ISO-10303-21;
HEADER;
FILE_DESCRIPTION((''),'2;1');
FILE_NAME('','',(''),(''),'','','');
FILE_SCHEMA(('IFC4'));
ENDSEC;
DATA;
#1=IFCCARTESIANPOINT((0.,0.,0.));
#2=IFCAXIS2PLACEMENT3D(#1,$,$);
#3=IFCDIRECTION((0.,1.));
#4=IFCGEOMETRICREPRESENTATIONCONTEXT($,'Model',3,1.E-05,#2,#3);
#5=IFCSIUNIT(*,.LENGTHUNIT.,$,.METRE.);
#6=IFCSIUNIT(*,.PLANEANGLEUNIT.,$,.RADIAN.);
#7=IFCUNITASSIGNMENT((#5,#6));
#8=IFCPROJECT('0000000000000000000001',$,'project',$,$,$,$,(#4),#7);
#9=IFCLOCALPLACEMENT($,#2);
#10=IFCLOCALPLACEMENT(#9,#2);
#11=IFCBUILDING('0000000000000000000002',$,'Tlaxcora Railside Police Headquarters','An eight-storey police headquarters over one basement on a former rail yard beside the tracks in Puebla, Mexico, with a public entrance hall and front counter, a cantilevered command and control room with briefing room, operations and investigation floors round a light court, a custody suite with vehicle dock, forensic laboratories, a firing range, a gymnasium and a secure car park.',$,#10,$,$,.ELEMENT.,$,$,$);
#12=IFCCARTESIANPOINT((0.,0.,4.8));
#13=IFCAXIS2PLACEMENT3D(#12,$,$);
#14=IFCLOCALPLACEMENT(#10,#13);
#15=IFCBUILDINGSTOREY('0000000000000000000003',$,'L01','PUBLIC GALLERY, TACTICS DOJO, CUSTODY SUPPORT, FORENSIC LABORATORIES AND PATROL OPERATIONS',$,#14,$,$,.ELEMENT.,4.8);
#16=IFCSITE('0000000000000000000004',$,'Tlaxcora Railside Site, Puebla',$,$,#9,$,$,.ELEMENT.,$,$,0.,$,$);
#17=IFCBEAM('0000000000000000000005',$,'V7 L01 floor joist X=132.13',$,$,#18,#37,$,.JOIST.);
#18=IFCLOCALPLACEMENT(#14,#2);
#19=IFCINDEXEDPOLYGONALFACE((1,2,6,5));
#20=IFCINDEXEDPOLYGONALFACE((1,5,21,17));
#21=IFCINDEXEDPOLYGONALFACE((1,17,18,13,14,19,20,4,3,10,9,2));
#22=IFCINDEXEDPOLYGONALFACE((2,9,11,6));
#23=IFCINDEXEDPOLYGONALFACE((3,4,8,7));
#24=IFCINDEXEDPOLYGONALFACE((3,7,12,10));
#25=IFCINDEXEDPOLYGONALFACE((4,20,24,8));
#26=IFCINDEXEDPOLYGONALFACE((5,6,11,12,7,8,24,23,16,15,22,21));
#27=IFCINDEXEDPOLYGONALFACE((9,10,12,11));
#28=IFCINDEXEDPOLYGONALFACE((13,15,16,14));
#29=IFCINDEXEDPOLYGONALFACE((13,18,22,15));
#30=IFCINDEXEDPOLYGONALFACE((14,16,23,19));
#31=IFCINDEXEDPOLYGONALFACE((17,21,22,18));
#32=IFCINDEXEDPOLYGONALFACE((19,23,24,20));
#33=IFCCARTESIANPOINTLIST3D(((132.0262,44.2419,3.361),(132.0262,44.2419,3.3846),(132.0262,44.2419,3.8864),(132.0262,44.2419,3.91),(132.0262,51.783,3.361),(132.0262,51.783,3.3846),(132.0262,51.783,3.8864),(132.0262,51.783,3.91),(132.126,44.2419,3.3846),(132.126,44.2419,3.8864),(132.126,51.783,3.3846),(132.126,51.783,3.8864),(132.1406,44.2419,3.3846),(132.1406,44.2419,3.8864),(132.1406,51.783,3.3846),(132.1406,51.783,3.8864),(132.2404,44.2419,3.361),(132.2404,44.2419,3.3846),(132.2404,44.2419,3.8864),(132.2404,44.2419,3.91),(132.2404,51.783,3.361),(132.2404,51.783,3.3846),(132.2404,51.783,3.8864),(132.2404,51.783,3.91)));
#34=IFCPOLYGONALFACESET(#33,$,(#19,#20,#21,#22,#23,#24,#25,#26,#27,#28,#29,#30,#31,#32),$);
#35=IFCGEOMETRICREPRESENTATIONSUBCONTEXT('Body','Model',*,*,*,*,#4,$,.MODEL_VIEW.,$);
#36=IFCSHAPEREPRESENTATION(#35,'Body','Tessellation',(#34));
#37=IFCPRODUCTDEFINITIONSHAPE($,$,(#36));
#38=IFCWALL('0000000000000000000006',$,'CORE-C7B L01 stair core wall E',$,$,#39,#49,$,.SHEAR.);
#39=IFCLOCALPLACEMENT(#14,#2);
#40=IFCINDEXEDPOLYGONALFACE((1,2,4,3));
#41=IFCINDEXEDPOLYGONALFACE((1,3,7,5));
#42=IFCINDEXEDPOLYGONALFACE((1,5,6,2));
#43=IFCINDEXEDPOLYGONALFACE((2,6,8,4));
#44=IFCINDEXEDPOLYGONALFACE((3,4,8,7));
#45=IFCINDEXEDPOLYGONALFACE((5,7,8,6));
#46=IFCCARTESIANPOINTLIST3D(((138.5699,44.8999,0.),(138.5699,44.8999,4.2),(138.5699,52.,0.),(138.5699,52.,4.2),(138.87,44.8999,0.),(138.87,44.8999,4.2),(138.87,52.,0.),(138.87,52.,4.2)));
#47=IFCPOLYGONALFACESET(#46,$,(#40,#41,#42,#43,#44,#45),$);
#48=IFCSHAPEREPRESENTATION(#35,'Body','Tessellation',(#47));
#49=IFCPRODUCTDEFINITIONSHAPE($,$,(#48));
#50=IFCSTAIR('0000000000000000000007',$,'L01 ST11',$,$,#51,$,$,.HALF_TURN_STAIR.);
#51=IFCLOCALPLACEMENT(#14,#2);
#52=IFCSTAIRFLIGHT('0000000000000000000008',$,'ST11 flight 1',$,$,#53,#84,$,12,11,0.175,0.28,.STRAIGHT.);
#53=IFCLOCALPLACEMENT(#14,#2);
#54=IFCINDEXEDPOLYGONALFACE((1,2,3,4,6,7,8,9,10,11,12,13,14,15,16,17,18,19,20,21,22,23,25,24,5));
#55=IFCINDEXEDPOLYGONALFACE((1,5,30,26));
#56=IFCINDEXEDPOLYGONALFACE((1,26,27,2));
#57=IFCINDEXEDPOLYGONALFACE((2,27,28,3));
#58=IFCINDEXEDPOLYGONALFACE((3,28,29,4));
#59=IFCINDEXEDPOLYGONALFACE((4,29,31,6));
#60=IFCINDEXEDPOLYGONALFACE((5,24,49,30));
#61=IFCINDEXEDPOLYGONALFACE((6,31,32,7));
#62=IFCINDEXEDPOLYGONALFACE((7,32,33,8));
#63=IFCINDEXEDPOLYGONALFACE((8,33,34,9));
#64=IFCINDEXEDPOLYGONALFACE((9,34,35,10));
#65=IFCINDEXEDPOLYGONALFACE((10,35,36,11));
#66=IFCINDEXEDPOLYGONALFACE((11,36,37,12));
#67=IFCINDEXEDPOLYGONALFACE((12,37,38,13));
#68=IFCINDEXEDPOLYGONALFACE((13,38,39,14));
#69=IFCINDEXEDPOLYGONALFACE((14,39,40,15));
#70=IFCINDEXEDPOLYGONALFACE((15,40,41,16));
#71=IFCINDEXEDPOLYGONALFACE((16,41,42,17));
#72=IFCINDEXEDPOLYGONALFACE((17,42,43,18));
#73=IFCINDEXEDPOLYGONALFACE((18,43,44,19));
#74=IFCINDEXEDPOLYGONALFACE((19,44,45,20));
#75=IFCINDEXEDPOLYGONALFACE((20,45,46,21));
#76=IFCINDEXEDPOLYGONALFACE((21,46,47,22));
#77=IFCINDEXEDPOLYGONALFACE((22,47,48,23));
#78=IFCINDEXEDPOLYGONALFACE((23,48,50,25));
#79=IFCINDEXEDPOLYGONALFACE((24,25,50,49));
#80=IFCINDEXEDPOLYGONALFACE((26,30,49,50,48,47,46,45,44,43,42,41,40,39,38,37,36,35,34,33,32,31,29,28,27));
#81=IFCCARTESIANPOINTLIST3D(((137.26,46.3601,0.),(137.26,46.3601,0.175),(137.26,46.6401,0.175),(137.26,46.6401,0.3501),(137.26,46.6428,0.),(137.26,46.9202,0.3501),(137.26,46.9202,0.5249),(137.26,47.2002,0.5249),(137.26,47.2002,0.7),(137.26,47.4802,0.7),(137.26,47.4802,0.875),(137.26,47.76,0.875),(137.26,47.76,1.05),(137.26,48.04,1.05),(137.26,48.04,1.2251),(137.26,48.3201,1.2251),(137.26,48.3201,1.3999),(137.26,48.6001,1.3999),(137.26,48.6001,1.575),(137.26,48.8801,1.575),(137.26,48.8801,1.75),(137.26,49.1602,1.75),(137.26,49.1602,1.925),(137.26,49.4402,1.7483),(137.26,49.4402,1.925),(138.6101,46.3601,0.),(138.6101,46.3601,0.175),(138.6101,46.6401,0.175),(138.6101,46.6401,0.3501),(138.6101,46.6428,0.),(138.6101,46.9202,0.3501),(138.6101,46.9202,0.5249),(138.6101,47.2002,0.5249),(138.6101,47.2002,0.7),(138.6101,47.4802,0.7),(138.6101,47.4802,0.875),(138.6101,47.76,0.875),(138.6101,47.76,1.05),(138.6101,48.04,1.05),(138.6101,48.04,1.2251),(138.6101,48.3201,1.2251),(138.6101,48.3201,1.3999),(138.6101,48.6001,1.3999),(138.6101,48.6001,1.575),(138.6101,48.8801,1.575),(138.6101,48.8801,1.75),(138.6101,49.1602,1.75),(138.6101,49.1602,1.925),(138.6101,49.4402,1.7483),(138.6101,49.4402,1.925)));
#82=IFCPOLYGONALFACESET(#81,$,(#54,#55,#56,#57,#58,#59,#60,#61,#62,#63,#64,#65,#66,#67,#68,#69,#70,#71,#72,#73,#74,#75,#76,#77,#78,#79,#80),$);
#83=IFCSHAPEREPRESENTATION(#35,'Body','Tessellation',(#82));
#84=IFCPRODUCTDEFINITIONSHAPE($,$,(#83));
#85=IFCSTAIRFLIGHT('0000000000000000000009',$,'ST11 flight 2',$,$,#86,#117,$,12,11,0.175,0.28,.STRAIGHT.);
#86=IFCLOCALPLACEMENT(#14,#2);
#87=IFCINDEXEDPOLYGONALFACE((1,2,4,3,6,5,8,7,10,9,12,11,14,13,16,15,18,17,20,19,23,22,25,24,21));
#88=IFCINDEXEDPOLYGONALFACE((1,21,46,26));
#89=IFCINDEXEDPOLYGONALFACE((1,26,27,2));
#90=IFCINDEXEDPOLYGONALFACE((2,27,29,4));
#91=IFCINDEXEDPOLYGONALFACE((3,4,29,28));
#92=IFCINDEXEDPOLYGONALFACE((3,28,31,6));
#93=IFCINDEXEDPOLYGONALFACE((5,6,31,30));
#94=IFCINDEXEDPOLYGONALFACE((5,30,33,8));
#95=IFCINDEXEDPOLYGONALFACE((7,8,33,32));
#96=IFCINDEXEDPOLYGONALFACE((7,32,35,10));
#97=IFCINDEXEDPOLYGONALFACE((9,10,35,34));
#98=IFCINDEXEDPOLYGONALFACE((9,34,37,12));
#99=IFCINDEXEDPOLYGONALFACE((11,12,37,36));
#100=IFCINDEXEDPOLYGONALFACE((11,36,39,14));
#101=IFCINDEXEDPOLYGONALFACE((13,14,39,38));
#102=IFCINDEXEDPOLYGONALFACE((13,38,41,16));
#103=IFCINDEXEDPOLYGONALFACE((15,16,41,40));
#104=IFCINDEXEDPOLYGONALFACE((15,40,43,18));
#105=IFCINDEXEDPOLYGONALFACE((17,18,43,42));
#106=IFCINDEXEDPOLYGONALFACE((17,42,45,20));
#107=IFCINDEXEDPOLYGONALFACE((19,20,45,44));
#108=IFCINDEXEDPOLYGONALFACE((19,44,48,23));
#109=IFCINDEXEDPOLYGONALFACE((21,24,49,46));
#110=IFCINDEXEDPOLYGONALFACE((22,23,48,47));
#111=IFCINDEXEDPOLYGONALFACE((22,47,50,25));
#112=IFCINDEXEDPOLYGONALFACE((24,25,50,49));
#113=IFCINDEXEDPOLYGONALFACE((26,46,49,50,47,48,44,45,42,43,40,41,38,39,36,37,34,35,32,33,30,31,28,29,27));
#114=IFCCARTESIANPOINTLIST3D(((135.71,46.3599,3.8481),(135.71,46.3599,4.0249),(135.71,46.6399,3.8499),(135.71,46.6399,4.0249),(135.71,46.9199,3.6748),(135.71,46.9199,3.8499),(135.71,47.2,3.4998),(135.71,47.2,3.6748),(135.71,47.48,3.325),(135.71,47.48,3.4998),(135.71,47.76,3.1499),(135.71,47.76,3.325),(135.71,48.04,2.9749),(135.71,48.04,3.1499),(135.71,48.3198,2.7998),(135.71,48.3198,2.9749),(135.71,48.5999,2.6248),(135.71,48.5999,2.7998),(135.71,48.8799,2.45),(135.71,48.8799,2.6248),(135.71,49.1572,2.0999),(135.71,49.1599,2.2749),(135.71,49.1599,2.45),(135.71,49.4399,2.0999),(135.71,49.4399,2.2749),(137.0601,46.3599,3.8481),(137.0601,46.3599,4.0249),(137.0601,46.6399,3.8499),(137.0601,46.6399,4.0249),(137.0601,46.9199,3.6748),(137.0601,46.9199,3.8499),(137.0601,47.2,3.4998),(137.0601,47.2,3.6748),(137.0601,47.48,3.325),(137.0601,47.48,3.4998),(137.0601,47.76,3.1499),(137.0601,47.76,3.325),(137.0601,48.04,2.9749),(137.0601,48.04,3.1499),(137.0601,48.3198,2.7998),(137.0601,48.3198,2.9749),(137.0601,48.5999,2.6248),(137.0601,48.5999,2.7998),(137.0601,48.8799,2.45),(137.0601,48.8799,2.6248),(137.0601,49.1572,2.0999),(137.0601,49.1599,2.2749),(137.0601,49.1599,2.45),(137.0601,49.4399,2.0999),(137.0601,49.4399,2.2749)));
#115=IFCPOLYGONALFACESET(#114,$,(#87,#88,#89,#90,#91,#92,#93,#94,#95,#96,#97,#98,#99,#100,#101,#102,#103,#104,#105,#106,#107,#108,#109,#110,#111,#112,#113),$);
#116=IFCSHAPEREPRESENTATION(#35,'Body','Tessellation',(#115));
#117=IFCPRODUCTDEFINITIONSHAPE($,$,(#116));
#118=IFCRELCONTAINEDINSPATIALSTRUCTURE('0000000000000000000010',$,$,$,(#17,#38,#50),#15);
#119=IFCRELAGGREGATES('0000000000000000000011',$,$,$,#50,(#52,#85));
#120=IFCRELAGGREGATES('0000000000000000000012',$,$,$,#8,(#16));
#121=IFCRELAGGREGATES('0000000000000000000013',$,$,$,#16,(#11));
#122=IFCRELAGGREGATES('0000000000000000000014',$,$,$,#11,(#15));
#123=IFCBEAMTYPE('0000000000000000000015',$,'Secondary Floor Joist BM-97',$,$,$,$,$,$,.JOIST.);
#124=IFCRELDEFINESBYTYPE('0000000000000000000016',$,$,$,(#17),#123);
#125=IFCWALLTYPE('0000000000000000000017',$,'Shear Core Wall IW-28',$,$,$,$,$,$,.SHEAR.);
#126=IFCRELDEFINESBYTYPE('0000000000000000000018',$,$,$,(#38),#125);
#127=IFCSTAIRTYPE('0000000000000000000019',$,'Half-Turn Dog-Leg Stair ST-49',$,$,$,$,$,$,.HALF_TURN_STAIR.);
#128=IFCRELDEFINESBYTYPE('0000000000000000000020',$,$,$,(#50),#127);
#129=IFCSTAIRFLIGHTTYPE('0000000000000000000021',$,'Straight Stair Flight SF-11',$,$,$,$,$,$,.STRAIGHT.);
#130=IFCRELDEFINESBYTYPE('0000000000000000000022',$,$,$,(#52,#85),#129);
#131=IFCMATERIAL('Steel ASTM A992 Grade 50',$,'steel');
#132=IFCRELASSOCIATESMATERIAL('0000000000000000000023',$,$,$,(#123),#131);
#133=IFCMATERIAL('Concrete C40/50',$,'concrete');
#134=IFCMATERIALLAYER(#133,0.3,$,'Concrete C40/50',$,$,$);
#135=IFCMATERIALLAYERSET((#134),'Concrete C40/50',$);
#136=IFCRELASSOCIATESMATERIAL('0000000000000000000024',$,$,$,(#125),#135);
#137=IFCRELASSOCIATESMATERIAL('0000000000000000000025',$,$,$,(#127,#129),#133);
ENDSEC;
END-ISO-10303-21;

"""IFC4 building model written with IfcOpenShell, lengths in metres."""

from ifc_helpers import new_model, si_unit, direction, frame, frame_2d, origin, origin_2d, place, context, subcontext, project, spatial, polyline, rectangle, i_section, outline, extrude, material, layer, layer_set, material_profile, profile_set, type_object, element, aggregate, save


model = new_model("IFC4")

# Units and contexts
model_context = context("Model", 3, precision=1e-05, world=origin(), true_north=direction((0.0, 1.0)))
body_context = subcontext(model_context, "Body", "Model", "MODEL_VIEW")
ifc_project = project(units=[si_unit("LENGTHUNIT", "METRE"), si_unit("PLANEANGLEUNIT", "RADIAN")], contexts=[model_context])

# Site, building, storey
site_placement = place(None, origin())
site = spatial("IfcSite", under=ifc_project, at=site_placement, Name="Tlaxcora Railside Site, Puebla", CompositionType="ELEMENT", RefElevation=0.0)
building_placement = place(site_placement, origin())
building = spatial("IfcBuilding", under=site, at=building_placement, Name="Tlaxcora Railside Police Headquarters", Description="An eight-storey police headquarters over one basement on a former rail yard beside the tracks in Puebla, Mexico, with a public entrance hall and front counter, a cantilevered command and control room with briefing room, operations and investigation floors round a light court, a custody suite with vehicle dock, forensic laboratories, a firing range, a gymnasium and a secure car park.", CompositionType="ELEMENT")
storey_placement = place(building_placement, frame((0.0, 0.0, 4.8)))
storey = spatial("IfcBuildingStorey", under=building, at=storey_placement, Name="L01", Description="PUBLIC GALLERY, TACTICS DOJO, CUSTODY SUPPORT, FORENSIC LABORATORIES AND PATROL OPERATIONS", CompositionType="ELEMENT", Elevation=4.8)

# Shared definitions
ifc_material_1 = material(Name="Concrete C40/50", Category="concrete")

# Beam
ifc_material_2 = material(Name="Steel ASTM A992 Grade 50", Category="steel")
ifc_material_profile_1 = material_profile(ifc_material_2, i_section(OverallWidth=0.2141, OverallDepth=0.5491, WebThickness=0.0146, FlangeThickness=0.0237, at=origin_2d()), Name="W21X93")
ifc_profile_set_1 = profile_set([ifc_material_profile_1], Name="Steel ASTM A992 Grade 50")
beam_type_1 = type_object("IfcBeamType", Name="Secondary Floor Joist BM-97", PredefinedType="JOIST", material=ifc_profile_set_1)
beam_1_placement = place(storey_placement, frame((132.1333, 44.2419, 3.6355), z_axis=(0.0, 1.0, 0.0), x_axis=(-1.0, 0.0, 0.0)))
element("IfcBeam", 1, at=beam_1_placement, inside=storey, type_object=beam_type_1, Name="V7 L01 floor joist X=132.13", PredefinedType="JOIST", context=body_context, shape_type="SweptSolid", body=[
    extrude(i_section(OverallWidth=0.2141, OverallDepth=0.5491, WebThickness=0.0146, FlangeThickness=0.0237, at=origin_2d()), origin(), (0.0, 0.0, 1.0), 7.541),
])

# Shared definitions
ifc_layer = layer(ifc_material_1, 0.3, Name="Concrete C40/50")
ifc_layer_set = layer_set([ifc_layer], Name="Concrete C40/50")
wall_type = type_object("IfcWallType", Name="Shear Core Wall IW-28", PredefinedType="SHEAR", material=ifc_layer_set)

# Wall
wall_1_placement = place(storey_placement, frame((138.72, 44.8999, 0.0), z_axis=(0.0, 0.0, 1.0), x_axis=(0.0, 1.0, 0.0)))
element("IfcWall", 2, at=wall_1_placement, inside=storey, type_object=wall_type, Name="CORE-C7B L01 stair core wall E", PredefinedType="SHEAR", context=body_context, shape_type="SweptSolid", body=[
    extrude(rectangle(XDim=7.1001, YDim=0.3, at=frame_2d((3.55, 0.0))), origin(), (0.0, 0.0, 1.0), 4.2),
])

# Stair, stair flights
stair_type = type_object("IfcStairType", Name="Half-Turn Dog-Leg Stair ST-49", PredefinedType="HALF_TURN_STAIR", material=ifc_material_1)
stair_placement = place(storey_placement, origin())
stair = element("IfcStair", 3, at=stair_placement, inside=storey, type_object=stair_type, Name="L01 ST11", PredefinedType="HALF_TURN_STAIR")
stair_flight_type = type_object("IfcStairFlightType", Name="Straight Stair Flight SF-11", PredefinedType="STRAIGHT", material=ifc_material_1)
stair_flight_1_placement = place(storey_placement, frame((137.9351, 46.3601, 0.0), z_axis=(0.0, 0.0, 1.0), x_axis=(0.0, 1.0, 0.0)))
stair_flight_1 = element("IfcStairFlight", 4, at=stair_flight_1_placement, type_object=stair_flight_type, Name="ST11 flight 1", NumberOfRisers=12, NumberOfTreads=11, PredefinedType="STRAIGHT", RiserHeight=0.175, TreadLength=0.28, context=body_context, shape_type="SweptSolid", body=[
    extrude(outline(polyline([(0.0, 0.0), (0.0, 0.175), (0.28, 0.175), (0.28, 0.3501), (0.5601, 0.3501), (0.5601, 0.5249), (0.8401, 0.5249), (0.8401, 0.7), (1.1201, 0.7), (1.1201, 0.875), (1.3999, 0.875), (1.3999, 1.05), (1.6799, 1.05), (1.6799, 1.2251), (1.96, 1.2251), (1.96, 1.3999), (2.24, 1.3999), (2.24, 1.575), (2.52, 1.575), (2.52, 1.75), (2.8, 1.75), (2.8, 1.925), (3.0801, 1.925), (3.0801, 2.1001), (3.0801, 1.7483), (0.2827, 0.0), (0.0, 0.0)])), frame((0.0, 0.675, 0.0), z_axis=(0.0, -1.0, 0.0), x_axis=(1.0, 0.0, 0.0)), (0.0, 0.0, 1.0), 1.3501),
])
stair_flight_2_placement = place(storey_placement, frame((136.385, 49.4399, 2.0999), z_axis=(0.0, 0.0, 1.0), x_axis=(0.0, -1.0, 0.0)))
stair_flight_2 = element("IfcStairFlight", 5, at=stair_flight_2_placement, type_object=stair_flight_type, Name="ST11 flight 2", NumberOfRisers=12, NumberOfTreads=11, PredefinedType="STRAIGHT", RiserHeight=0.175, TreadLength=0.28, context=body_context, shape_type="SweptSolid", body=[
    extrude(outline(polyline([(0.0, 0.0), (0.0, 0.175), (0.28, 0.175), (0.28, 0.3501), (0.5601, 0.3501), (0.5601, 0.5249), (0.8401, 0.5249), (0.8401, 0.7), (1.1201, 0.7), (1.1201, 0.875), (1.3999, 0.875), (1.3999, 1.05), (1.6799, 1.05), (1.6799, 1.2251), (1.96, 1.2251), (1.96, 1.3999), (2.24, 1.3999), (2.24, 1.575), (2.52, 1.575), (2.52, 1.75), (2.8, 1.75), (2.8, 1.925), (3.0801, 1.925), (3.0801, 2.1001), (3.0801, 1.7483), (0.2827, 0.0), (0.0, 0.0)])), frame((0.0, 0.675, 0.0), z_axis=(0.0, -1.0, 0.0), x_axis=(1.0, 0.0, 0.0)), (0.0, 0.0, 1.0), 1.3501),
])
aggregate(stair, [stair_flight_1, stair_flight_2])

save(model, "model.ifc")
